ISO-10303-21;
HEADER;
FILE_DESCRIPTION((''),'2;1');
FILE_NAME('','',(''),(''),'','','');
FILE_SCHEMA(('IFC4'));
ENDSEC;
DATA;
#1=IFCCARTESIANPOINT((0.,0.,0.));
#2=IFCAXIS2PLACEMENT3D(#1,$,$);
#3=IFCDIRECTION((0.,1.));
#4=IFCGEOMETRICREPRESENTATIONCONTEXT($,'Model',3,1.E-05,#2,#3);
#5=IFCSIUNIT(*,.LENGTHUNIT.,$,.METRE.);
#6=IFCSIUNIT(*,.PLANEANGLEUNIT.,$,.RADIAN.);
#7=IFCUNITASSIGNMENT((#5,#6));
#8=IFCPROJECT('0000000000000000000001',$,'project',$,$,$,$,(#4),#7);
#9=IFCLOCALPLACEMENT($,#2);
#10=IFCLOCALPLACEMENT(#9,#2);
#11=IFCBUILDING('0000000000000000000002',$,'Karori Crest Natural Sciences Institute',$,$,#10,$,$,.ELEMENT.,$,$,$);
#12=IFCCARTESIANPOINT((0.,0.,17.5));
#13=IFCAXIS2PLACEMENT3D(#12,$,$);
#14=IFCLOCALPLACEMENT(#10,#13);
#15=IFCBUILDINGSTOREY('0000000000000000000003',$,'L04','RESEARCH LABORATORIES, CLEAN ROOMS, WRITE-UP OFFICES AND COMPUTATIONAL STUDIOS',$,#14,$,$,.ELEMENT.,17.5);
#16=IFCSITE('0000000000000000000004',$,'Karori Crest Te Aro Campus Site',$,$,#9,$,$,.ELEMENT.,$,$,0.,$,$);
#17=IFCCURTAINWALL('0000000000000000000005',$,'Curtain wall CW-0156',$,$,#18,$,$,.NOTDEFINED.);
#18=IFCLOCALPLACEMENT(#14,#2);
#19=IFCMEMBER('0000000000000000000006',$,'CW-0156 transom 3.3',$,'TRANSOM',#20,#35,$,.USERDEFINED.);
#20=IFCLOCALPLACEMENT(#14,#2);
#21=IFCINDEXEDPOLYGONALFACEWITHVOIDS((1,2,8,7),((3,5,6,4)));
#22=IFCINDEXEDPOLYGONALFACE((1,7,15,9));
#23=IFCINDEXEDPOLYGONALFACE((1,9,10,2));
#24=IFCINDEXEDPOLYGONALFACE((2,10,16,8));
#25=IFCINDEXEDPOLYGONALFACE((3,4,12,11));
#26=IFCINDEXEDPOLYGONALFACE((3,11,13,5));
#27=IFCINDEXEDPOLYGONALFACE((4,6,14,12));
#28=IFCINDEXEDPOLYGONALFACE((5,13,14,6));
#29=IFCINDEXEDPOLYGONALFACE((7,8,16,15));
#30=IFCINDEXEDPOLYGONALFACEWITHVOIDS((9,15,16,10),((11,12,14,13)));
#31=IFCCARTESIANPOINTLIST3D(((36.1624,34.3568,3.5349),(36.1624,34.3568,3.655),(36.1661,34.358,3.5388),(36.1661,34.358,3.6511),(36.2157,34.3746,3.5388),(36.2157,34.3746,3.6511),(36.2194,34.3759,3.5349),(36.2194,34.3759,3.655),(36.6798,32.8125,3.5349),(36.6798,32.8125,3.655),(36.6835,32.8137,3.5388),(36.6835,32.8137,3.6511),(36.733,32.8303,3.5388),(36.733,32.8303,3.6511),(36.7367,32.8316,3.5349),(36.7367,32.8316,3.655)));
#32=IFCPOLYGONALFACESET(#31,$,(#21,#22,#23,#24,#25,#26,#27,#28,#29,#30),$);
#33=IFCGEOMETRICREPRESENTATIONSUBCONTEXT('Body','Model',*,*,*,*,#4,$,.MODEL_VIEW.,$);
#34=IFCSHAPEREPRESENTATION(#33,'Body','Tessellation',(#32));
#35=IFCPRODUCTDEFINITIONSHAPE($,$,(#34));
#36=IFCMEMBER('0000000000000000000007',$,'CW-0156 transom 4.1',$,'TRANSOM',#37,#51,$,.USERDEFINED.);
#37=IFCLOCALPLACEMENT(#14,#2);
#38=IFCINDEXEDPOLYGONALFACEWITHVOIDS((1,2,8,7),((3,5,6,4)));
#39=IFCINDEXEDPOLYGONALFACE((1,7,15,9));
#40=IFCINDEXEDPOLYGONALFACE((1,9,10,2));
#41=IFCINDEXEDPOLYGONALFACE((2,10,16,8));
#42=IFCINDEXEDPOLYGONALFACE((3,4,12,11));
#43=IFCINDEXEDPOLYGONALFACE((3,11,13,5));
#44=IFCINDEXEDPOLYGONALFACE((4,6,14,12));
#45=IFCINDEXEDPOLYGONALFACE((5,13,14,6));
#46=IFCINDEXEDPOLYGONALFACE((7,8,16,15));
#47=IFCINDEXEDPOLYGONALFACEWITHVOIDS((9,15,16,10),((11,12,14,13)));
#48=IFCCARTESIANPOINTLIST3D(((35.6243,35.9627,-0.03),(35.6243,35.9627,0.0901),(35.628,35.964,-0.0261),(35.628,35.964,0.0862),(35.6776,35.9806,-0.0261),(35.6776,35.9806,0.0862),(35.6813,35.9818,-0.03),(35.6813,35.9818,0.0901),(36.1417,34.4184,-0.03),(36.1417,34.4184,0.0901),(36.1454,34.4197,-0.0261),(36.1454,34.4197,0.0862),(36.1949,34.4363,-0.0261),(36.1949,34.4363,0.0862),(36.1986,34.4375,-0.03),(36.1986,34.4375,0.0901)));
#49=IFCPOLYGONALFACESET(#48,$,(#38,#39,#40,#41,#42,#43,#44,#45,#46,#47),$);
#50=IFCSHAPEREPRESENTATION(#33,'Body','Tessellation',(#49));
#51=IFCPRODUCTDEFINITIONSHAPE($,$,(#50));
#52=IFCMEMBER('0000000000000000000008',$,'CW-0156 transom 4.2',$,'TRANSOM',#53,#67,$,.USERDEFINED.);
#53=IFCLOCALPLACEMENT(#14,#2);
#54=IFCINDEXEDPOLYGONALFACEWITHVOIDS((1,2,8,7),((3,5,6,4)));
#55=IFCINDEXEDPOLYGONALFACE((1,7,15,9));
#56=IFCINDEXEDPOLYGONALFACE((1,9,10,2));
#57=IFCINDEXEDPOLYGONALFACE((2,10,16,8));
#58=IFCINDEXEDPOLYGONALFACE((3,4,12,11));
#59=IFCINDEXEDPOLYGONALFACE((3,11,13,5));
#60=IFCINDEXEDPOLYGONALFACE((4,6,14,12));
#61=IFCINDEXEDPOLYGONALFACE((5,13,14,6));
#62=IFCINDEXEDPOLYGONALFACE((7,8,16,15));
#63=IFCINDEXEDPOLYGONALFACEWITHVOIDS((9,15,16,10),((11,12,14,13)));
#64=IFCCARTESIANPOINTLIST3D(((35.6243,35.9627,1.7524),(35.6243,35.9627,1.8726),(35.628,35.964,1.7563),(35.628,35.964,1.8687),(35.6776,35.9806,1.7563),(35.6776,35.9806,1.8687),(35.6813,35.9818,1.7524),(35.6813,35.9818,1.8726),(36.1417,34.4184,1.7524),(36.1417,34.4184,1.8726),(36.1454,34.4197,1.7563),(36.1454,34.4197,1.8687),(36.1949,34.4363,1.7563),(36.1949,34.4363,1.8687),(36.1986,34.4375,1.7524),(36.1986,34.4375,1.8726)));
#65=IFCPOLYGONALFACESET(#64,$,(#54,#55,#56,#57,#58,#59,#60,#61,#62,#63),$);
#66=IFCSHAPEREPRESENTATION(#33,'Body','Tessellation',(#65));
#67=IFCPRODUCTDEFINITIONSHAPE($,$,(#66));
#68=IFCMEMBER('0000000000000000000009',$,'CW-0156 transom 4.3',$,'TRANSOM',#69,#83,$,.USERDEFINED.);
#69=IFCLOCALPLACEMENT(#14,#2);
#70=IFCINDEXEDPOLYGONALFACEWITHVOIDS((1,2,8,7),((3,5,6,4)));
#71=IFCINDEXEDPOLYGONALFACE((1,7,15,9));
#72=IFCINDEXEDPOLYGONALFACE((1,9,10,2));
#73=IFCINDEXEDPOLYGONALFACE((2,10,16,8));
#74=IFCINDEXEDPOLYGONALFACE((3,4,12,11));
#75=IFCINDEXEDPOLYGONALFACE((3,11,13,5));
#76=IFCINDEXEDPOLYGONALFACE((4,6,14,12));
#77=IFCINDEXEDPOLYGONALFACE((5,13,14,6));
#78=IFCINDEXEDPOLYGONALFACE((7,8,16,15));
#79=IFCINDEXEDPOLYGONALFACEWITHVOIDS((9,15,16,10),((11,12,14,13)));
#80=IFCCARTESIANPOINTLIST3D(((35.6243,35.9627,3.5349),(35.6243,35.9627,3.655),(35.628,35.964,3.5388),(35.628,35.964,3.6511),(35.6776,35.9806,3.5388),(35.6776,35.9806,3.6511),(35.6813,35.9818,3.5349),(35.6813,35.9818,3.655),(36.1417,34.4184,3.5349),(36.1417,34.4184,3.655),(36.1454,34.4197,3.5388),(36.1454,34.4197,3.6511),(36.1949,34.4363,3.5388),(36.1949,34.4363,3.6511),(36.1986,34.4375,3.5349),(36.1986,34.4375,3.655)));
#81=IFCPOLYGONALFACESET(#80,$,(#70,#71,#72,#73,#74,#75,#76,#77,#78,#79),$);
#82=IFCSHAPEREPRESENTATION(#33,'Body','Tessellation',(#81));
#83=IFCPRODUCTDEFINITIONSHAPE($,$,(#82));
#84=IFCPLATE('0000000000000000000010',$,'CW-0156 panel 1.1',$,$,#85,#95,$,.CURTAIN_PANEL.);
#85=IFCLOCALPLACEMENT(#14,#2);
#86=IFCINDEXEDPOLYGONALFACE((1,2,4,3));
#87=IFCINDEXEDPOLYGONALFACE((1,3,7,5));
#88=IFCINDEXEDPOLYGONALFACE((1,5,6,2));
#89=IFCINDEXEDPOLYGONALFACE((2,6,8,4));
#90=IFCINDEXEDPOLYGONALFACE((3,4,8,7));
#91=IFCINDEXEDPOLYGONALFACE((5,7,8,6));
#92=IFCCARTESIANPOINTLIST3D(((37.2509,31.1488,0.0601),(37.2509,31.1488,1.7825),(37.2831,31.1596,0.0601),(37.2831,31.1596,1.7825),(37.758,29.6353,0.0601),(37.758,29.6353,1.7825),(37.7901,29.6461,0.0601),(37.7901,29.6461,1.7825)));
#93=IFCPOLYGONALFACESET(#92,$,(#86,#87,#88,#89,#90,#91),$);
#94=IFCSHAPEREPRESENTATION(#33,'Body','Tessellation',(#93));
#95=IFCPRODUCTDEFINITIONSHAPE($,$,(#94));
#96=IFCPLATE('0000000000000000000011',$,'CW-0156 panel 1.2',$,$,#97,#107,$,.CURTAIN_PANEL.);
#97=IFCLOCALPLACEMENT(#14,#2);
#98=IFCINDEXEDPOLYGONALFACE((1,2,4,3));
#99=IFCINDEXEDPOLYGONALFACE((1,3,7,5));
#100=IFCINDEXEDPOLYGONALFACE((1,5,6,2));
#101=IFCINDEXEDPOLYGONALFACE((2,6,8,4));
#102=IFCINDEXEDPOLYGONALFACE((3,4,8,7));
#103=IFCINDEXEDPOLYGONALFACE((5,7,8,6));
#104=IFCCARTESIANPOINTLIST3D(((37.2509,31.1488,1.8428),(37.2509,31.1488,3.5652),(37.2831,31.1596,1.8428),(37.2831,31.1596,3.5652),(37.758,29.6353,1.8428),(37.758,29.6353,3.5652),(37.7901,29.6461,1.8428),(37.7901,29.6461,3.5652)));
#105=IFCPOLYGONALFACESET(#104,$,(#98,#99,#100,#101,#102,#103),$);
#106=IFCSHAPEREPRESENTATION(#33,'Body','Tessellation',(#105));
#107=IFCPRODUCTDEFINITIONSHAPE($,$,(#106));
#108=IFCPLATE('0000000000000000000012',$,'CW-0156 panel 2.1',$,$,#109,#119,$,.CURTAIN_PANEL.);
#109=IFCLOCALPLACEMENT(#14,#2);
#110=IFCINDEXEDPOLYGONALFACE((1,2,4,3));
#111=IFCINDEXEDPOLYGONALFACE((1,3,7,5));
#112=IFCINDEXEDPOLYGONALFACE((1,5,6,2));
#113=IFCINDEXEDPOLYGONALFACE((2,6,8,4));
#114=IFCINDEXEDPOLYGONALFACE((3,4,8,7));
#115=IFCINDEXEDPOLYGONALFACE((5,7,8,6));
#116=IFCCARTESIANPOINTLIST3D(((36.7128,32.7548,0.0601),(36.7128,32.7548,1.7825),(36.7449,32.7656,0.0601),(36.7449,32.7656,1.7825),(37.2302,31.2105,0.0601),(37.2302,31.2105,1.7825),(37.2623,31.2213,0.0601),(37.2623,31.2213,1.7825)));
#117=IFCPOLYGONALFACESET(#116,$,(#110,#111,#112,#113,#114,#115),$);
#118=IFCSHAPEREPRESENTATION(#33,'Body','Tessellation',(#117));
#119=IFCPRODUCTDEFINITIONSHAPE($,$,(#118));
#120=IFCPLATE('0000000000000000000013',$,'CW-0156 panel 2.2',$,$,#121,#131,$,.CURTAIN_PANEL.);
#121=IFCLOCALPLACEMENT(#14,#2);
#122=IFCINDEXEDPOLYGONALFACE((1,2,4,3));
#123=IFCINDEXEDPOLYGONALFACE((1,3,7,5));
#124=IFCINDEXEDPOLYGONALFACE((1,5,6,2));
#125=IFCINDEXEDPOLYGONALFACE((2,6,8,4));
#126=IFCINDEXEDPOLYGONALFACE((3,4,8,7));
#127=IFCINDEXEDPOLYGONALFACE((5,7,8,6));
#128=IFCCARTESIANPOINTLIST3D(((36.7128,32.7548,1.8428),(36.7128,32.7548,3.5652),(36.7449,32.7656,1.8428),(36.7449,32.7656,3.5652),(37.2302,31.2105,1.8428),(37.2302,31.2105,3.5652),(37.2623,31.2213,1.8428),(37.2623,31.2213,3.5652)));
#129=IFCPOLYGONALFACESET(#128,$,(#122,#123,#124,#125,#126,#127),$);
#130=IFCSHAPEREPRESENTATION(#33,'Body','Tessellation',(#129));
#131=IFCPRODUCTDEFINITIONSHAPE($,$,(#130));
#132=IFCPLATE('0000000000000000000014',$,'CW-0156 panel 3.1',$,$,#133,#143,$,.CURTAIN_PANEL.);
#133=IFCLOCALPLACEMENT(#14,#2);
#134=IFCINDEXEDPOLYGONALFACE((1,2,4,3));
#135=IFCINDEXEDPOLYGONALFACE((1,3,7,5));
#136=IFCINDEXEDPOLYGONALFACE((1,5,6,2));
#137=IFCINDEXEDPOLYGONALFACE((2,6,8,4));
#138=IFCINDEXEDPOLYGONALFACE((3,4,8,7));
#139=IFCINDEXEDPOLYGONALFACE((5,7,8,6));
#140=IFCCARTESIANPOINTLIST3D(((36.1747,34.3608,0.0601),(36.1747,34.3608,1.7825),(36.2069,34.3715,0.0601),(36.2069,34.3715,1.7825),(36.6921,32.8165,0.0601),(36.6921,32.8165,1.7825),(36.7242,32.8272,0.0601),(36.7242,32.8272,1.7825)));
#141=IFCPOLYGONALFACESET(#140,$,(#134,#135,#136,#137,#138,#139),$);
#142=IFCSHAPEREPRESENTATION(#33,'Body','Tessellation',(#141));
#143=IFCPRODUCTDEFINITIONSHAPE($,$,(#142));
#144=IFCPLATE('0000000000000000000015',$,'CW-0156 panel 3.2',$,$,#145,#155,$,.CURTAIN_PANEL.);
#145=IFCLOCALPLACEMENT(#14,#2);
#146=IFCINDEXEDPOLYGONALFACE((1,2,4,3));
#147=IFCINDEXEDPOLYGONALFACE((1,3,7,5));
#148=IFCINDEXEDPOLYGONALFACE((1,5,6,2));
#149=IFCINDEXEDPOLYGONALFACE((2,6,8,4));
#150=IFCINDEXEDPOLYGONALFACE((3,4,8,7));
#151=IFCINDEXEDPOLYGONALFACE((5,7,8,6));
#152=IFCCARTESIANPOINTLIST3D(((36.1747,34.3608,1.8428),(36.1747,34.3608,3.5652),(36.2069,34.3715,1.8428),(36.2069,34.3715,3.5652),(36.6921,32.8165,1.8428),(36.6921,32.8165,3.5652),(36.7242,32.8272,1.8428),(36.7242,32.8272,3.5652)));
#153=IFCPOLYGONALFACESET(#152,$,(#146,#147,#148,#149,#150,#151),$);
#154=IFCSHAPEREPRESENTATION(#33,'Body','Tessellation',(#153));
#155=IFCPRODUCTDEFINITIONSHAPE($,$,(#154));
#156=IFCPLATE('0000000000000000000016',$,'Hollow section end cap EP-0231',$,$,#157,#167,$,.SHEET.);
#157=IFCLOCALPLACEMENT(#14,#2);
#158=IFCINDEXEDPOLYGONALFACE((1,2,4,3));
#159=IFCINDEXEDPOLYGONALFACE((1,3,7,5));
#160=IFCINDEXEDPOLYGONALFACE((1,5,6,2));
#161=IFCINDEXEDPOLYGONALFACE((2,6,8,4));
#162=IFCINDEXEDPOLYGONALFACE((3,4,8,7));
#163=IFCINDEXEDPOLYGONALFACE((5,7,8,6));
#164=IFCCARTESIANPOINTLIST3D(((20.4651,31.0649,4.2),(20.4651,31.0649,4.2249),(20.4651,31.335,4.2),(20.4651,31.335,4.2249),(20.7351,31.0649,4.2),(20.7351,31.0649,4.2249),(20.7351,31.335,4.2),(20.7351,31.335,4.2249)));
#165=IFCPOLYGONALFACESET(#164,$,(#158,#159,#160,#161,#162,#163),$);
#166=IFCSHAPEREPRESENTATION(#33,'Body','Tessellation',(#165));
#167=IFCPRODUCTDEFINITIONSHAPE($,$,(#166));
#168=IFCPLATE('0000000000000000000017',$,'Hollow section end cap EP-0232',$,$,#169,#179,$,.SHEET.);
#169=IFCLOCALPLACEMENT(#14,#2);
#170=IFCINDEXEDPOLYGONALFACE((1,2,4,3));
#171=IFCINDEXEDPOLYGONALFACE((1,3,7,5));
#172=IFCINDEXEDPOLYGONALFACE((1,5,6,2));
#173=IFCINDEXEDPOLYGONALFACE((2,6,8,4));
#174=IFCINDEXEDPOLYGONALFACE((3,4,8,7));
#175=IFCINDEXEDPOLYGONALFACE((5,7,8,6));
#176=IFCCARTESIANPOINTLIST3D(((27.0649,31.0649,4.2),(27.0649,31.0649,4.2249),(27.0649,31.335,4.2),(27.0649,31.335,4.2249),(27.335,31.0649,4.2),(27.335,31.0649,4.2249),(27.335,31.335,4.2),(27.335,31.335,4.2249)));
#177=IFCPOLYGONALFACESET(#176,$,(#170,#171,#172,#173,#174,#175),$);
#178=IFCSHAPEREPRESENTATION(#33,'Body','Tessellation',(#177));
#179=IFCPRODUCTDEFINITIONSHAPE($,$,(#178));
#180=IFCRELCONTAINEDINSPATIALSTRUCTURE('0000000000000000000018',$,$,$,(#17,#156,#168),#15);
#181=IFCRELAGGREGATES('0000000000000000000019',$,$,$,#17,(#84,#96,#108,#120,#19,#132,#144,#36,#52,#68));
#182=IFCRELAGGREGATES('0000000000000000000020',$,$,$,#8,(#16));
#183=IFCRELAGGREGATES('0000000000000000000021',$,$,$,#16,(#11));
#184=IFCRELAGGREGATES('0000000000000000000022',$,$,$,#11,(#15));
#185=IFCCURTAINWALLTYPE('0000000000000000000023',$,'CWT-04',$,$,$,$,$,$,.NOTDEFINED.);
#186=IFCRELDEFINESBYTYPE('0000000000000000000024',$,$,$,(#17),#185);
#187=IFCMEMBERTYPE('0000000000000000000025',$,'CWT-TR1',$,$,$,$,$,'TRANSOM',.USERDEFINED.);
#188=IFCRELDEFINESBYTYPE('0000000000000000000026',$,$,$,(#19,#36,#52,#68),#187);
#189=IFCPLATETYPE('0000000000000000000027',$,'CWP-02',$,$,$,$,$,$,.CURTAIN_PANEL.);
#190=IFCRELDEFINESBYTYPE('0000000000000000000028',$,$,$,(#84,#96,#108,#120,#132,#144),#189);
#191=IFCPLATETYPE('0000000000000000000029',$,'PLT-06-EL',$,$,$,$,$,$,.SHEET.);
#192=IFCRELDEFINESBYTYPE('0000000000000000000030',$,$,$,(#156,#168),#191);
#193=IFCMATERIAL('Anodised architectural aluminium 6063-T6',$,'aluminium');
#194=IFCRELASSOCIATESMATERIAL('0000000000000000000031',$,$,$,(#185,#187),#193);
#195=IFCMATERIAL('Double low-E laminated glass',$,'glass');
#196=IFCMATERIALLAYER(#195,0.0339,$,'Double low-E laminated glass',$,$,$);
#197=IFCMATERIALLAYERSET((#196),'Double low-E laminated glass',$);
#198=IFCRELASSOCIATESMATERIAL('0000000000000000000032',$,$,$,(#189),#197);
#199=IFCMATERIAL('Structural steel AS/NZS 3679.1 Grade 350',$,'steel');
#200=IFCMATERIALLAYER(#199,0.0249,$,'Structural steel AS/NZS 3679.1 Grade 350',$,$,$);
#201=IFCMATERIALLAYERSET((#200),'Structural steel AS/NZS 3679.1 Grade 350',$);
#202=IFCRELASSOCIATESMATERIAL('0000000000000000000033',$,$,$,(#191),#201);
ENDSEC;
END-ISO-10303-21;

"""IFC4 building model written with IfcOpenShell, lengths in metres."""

from ifc_helpers import new_model, si_unit, direction, frame, origin, origin_2d, place, context, subcontext, project, spatial, rectangle, hollow_rectangle, extrude, material, layer, layer_set, material_profile, profile_set, type_object, element, aggregate, save


model = new_model("IFC4")

# Units and contexts
model_context = context("Model", 3, precision=1e-05, world=origin(), true_north=direction((0.0, 1.0)))
body_context = subcontext(model_context, "Body", "Model", "MODEL_VIEW")
ifc_project = project(units=[si_unit("LENGTHUNIT", "METRE"), si_unit("PLANEANGLEUNIT", "RADIAN")], contexts=[model_context])

# Site, building, storey
site_placement = place(None, origin())
site = spatial("IfcSite", under=ifc_project, at=site_placement, Name="Karori Crest Te Aro Campus Site", CompositionType="ELEMENT", RefElevation=0.0)
building_placement = place(site_placement, origin())
building = spatial("IfcBuilding", under=site, at=building_placement, Name="Karori Crest Natural Sciences Institute", CompositionType="ELEMENT")
storey_placement = place(building_placement, frame((0.0, 0.0, 17.5)))
storey = spatial("IfcBuildingStorey", under=building, at=storey_placement, Name="L04", Description="RESEARCH LABORATORIES, CLEAN ROOMS, WRITE-UP OFFICES AND COMPUTATIONAL STUDIOS", CompositionType="ELEMENT", Elevation=17.5)

# Shared definitions
ifc_material_1 = material(Name="Structural steel AS/NZS 3679.1 Grade 350", Category="steel")

# Curtain wall, members, plates
ifc_material_2 = material(Name="Anodised architectural aluminium 6063-T6", Category="aluminium")
curtain_wall_type = type_object("IfcCurtainWallType", Name="CWT-04", PredefinedType="NOTDEFINED", material=ifc_material_2)
curtain_wall_placement = place(storey_placement, origin())
curtain_wall = element("IfcCurtainWall", 1, at=curtain_wall_placement, inside=storey, type_object=curtain_wall_type, Name="Curtain wall CW-0156", PredefinedType="NOTDEFINED")
ifc_material_profile_1 = material_profile(ifc_material_2, hollow_rectangle(XDim=0.0601, YDim=0.1201, WallThickness=0.0039, at=origin_2d()), Name="CWT120x60x4")
ifc_profile_set_1 = profile_set([ifc_material_profile_1], Name="Anodised architectural aluminium 6063-T6")
member_type_1 = type_object("IfcMemberType", Name="CWT-TR1", ElementType="TRANSOM", PredefinedType="USERDEFINED", material=ifc_profile_set_1)
member_1_placement = place(storey_placement, frame((36.7083, 32.822, 3.595), z_axis=(-0.317667, 0.948202, 0.0), x_axis=(-0.948202, -0.317667, 0.0)))
member_1 = element("IfcMember", 2, at=member_1_placement, type_object=member_type_1, Name="CW-0156 transom 3.3", ObjectType="TRANSOM", PredefinedType="USERDEFINED", context=body_context, shape_type="SweptSolid", body=[
    extrude(hollow_rectangle(XDim=0.0601, YDim=0.1201, WallThickness=0.0039, at=origin_2d()), origin(), (0.0, 0.0, 1.0), 1.6287),
])
member_2_placement = place(storey_placement, frame((36.1702, 34.428, 0.03), z_axis=(-0.317667, 0.948202, 0.0), x_axis=(-0.948202, -0.317667, 0.0)))
member_2 = element("IfcMember", 3, at=member_2_placement, type_object=member_type_1, Name="CW-0156 transom 4.1", ObjectType="TRANSOM", PredefinedType="USERDEFINED", context=body_context, shape_type="SweptSolid", body=[
    extrude(hollow_rectangle(XDim=0.0601, YDim=0.1201, WallThickness=0.0039, at=origin_2d()), origin(), (0.0, 0.0, 1.0), 1.6287),
])
member_3_placement = place(storey_placement, frame((36.1702, 34.428, 1.8125), z_axis=(-0.317667, 0.948202, 0.0), x_axis=(-0.948202, -0.317667, 0.0)))
member_3 = element("IfcMember", 4, at=member_3_placement, type_object=member_type_1, Name="CW-0156 transom 4.2", ObjectType="TRANSOM", PredefinedType="USERDEFINED", context=body_context, shape_type="SweptSolid", body=[
    extrude(hollow_rectangle(XDim=0.0601, YDim=0.1201, WallThickness=0.0039, at=origin_2d()), origin(), (0.0, 0.0, 1.0), 1.6287),
])
member_4_placement = place(storey_placement, frame((36.1702, 34.428, 3.595), z_axis=(-0.317667, 0.948202, 0.0), x_axis=(-0.948202, -0.317667, 0.0)))
member_4 = element("IfcMember", 5, at=member_4_placement, type_object=member_type_1, Name="CW-0156 transom 4.3", ObjectType="TRANSOM", PredefinedType="USERDEFINED", context=body_context, shape_type="SweptSolid", body=[
    extrude(hollow_rectangle(XDim=0.0601, YDim=0.1201, WallThickness=0.0039, at=origin_2d()), origin(), (0.0, 0.0, 1.0), 1.6287),
])
ifc_material_3 = material(Name="Double low-E laminated glass", Category="glass")
ifc_layer_1 = layer(ifc_material_3, 0.0339, Name="Double low-E laminated glass")
ifc_layer_set_1 = layer_set([ifc_layer_1], Name="Double low-E laminated glass")
plate_type_1 = type_object("IfcPlateType", Name="CWP-02", PredefinedType="CURTAIN_PANEL", material=ifc_layer_set_1)
plate_1_placement = place(storey_placement, frame((37.5205, 30.3975, 0.0601), z_axis=(0.0, 0.0, 1.0), x_axis=(-0.31768, 0.948198, 0.0)))
plate_1 = element("IfcPlate", 6, at=plate_1_placement, type_object=plate_type_1, Name="CW-0156 panel 1.1", PredefinedType="CURTAIN_PANEL", context=body_context, shape_type="SweptSolid", body=[
    extrude(rectangle(XDim=1.5962, YDim=0.0339, at=origin_2d()), origin(), (0.0, 0.0, 1.0), 1.7224),
])
plate_2_placement = place(storey_placement, frame((37.5205, 30.3975, 1.8428), z_axis=(0.0, 0.0, 1.0), x_axis=(-0.31768, 0.948198, 0.0)))
plate_2 = element("IfcPlate", 7, at=plate_2_placement, type_object=plate_type_1, Name="CW-0156 panel 1.2", PredefinedType="CURTAIN_PANEL", context=body_context, shape_type="SweptSolid", body=[
    extrude(rectangle(XDim=1.5962, YDim=0.0339, at=origin_2d()), origin(), (0.0, 0.0, 1.0), 1.7224),
])
plate_3_placement = place(storey_placement, frame((36.9875, 31.988, 0.0601), z_axis=(0.0, 0.0, 1.0), x_axis=(-0.31768, 0.948198, 0.0)))
plate_3 = element("IfcPlate", 8, at=plate_3_placement, type_object=plate_type_1, Name="CW-0156 panel 2.1", PredefinedType="CURTAIN_PANEL", context=body_context, shape_type="SweptSolid", body=[
    extrude(rectangle(XDim=1.6287, YDim=0.0339, at=origin_2d()), origin(), (0.0, 0.0, 1.0), 1.7224),
])
plate_4_placement = place(storey_placement, frame((36.9875, 31.988, 1.8428), z_axis=(0.0, 0.0, 1.0), x_axis=(-0.31768, 0.948198, 0.0)))
plate_4 = element("IfcPlate", 9, at=plate_4_placement, type_object=plate_type_1, Name="CW-0156 panel 2.2", PredefinedType="CURTAIN_PANEL", context=body_context, shape_type="SweptSolid", body=[
    extrude(rectangle(XDim=1.6287, YDim=0.0339, at=origin_2d()), origin(), (0.0, 0.0, 1.0), 1.7224),
])
plate_5_placement = place(storey_placement, frame((36.4495, 33.594, 0.0601), z_axis=(0.0, 0.0, 1.0), x_axis=(-0.31768, 0.948198, 0.0)))
plate_5 = element("IfcPlate", 10, at=plate_5_placement, type_object=plate_type_1, Name="CW-0156 panel 3.1", PredefinedType="CURTAIN_PANEL", context=body_context, shape_type="SweptSolid", body=[
    extrude(rectangle(XDim=1.6287, YDim=0.0339, at=origin_2d()), origin(), (0.0, 0.0, 1.0), 1.7224),
])
plate_6_placement = place(storey_placement, frame((36.4495, 33.594, 1.8428), z_axis=(0.0, 0.0, 1.0), x_axis=(-0.31768, 0.948198, 0.0)))
plate_6 = element("IfcPlate", 11, at=plate_6_placement, type_object=plate_type_1, Name="CW-0156 panel 3.2", PredefinedType="CURTAIN_PANEL", context=body_context, shape_type="SweptSolid", body=[
    extrude(rectangle(XDim=1.6287, YDim=0.0339, at=origin_2d()), origin(), (0.0, 0.0, 1.0), 1.7224),
])
aggregate(curtain_wall, [plate_1, plate_2, plate_3, plate_4, member_1, plate_5, plate_6, member_2, member_3, member_4])

# Plates
ifc_layer_2 = layer(ifc_material_1, 0.0249, Name="Structural steel AS/NZS 3679.1 Grade 350")
ifc_layer_set_2 = layer_set([ifc_layer_2], Name="Structural steel AS/NZS 3679.1 Grade 350")
plate_type_2 = type_object("IfcPlateType", Name="PLT-06-EL", PredefinedType="SHEET", material=ifc_layer_set_2)
for number, where, z_axis, x_axis, name in (
    (12, (20.6001, 31.2, 4.2), (0.0, 0.0, 1.0), (1.0, 0.0, 0.0), "Hollow section end cap EP-0231"),
    (13, (27.2, 31.2, 4.2), (0.0, 0.0, 1.0), (1.0, 0.0, 0.0), "Hollow section end cap EP-0232"),
):
    element("IfcPlate", number, at=place(storey_placement, frame(where, z_axis=z_axis, x_axis=x_axis)), inside=storey, type_object=plate_type_2, Name=name, PredefinedType="SHEET", context=body_context, shape_type="SweptSolid", body=[
        extrude(rectangle(XDim=0.27, YDim=0.27, at=origin_2d()), origin(), (0.0, 0.0, 1.0), 0.0249),
    ])

save(model, "model.ifc")
